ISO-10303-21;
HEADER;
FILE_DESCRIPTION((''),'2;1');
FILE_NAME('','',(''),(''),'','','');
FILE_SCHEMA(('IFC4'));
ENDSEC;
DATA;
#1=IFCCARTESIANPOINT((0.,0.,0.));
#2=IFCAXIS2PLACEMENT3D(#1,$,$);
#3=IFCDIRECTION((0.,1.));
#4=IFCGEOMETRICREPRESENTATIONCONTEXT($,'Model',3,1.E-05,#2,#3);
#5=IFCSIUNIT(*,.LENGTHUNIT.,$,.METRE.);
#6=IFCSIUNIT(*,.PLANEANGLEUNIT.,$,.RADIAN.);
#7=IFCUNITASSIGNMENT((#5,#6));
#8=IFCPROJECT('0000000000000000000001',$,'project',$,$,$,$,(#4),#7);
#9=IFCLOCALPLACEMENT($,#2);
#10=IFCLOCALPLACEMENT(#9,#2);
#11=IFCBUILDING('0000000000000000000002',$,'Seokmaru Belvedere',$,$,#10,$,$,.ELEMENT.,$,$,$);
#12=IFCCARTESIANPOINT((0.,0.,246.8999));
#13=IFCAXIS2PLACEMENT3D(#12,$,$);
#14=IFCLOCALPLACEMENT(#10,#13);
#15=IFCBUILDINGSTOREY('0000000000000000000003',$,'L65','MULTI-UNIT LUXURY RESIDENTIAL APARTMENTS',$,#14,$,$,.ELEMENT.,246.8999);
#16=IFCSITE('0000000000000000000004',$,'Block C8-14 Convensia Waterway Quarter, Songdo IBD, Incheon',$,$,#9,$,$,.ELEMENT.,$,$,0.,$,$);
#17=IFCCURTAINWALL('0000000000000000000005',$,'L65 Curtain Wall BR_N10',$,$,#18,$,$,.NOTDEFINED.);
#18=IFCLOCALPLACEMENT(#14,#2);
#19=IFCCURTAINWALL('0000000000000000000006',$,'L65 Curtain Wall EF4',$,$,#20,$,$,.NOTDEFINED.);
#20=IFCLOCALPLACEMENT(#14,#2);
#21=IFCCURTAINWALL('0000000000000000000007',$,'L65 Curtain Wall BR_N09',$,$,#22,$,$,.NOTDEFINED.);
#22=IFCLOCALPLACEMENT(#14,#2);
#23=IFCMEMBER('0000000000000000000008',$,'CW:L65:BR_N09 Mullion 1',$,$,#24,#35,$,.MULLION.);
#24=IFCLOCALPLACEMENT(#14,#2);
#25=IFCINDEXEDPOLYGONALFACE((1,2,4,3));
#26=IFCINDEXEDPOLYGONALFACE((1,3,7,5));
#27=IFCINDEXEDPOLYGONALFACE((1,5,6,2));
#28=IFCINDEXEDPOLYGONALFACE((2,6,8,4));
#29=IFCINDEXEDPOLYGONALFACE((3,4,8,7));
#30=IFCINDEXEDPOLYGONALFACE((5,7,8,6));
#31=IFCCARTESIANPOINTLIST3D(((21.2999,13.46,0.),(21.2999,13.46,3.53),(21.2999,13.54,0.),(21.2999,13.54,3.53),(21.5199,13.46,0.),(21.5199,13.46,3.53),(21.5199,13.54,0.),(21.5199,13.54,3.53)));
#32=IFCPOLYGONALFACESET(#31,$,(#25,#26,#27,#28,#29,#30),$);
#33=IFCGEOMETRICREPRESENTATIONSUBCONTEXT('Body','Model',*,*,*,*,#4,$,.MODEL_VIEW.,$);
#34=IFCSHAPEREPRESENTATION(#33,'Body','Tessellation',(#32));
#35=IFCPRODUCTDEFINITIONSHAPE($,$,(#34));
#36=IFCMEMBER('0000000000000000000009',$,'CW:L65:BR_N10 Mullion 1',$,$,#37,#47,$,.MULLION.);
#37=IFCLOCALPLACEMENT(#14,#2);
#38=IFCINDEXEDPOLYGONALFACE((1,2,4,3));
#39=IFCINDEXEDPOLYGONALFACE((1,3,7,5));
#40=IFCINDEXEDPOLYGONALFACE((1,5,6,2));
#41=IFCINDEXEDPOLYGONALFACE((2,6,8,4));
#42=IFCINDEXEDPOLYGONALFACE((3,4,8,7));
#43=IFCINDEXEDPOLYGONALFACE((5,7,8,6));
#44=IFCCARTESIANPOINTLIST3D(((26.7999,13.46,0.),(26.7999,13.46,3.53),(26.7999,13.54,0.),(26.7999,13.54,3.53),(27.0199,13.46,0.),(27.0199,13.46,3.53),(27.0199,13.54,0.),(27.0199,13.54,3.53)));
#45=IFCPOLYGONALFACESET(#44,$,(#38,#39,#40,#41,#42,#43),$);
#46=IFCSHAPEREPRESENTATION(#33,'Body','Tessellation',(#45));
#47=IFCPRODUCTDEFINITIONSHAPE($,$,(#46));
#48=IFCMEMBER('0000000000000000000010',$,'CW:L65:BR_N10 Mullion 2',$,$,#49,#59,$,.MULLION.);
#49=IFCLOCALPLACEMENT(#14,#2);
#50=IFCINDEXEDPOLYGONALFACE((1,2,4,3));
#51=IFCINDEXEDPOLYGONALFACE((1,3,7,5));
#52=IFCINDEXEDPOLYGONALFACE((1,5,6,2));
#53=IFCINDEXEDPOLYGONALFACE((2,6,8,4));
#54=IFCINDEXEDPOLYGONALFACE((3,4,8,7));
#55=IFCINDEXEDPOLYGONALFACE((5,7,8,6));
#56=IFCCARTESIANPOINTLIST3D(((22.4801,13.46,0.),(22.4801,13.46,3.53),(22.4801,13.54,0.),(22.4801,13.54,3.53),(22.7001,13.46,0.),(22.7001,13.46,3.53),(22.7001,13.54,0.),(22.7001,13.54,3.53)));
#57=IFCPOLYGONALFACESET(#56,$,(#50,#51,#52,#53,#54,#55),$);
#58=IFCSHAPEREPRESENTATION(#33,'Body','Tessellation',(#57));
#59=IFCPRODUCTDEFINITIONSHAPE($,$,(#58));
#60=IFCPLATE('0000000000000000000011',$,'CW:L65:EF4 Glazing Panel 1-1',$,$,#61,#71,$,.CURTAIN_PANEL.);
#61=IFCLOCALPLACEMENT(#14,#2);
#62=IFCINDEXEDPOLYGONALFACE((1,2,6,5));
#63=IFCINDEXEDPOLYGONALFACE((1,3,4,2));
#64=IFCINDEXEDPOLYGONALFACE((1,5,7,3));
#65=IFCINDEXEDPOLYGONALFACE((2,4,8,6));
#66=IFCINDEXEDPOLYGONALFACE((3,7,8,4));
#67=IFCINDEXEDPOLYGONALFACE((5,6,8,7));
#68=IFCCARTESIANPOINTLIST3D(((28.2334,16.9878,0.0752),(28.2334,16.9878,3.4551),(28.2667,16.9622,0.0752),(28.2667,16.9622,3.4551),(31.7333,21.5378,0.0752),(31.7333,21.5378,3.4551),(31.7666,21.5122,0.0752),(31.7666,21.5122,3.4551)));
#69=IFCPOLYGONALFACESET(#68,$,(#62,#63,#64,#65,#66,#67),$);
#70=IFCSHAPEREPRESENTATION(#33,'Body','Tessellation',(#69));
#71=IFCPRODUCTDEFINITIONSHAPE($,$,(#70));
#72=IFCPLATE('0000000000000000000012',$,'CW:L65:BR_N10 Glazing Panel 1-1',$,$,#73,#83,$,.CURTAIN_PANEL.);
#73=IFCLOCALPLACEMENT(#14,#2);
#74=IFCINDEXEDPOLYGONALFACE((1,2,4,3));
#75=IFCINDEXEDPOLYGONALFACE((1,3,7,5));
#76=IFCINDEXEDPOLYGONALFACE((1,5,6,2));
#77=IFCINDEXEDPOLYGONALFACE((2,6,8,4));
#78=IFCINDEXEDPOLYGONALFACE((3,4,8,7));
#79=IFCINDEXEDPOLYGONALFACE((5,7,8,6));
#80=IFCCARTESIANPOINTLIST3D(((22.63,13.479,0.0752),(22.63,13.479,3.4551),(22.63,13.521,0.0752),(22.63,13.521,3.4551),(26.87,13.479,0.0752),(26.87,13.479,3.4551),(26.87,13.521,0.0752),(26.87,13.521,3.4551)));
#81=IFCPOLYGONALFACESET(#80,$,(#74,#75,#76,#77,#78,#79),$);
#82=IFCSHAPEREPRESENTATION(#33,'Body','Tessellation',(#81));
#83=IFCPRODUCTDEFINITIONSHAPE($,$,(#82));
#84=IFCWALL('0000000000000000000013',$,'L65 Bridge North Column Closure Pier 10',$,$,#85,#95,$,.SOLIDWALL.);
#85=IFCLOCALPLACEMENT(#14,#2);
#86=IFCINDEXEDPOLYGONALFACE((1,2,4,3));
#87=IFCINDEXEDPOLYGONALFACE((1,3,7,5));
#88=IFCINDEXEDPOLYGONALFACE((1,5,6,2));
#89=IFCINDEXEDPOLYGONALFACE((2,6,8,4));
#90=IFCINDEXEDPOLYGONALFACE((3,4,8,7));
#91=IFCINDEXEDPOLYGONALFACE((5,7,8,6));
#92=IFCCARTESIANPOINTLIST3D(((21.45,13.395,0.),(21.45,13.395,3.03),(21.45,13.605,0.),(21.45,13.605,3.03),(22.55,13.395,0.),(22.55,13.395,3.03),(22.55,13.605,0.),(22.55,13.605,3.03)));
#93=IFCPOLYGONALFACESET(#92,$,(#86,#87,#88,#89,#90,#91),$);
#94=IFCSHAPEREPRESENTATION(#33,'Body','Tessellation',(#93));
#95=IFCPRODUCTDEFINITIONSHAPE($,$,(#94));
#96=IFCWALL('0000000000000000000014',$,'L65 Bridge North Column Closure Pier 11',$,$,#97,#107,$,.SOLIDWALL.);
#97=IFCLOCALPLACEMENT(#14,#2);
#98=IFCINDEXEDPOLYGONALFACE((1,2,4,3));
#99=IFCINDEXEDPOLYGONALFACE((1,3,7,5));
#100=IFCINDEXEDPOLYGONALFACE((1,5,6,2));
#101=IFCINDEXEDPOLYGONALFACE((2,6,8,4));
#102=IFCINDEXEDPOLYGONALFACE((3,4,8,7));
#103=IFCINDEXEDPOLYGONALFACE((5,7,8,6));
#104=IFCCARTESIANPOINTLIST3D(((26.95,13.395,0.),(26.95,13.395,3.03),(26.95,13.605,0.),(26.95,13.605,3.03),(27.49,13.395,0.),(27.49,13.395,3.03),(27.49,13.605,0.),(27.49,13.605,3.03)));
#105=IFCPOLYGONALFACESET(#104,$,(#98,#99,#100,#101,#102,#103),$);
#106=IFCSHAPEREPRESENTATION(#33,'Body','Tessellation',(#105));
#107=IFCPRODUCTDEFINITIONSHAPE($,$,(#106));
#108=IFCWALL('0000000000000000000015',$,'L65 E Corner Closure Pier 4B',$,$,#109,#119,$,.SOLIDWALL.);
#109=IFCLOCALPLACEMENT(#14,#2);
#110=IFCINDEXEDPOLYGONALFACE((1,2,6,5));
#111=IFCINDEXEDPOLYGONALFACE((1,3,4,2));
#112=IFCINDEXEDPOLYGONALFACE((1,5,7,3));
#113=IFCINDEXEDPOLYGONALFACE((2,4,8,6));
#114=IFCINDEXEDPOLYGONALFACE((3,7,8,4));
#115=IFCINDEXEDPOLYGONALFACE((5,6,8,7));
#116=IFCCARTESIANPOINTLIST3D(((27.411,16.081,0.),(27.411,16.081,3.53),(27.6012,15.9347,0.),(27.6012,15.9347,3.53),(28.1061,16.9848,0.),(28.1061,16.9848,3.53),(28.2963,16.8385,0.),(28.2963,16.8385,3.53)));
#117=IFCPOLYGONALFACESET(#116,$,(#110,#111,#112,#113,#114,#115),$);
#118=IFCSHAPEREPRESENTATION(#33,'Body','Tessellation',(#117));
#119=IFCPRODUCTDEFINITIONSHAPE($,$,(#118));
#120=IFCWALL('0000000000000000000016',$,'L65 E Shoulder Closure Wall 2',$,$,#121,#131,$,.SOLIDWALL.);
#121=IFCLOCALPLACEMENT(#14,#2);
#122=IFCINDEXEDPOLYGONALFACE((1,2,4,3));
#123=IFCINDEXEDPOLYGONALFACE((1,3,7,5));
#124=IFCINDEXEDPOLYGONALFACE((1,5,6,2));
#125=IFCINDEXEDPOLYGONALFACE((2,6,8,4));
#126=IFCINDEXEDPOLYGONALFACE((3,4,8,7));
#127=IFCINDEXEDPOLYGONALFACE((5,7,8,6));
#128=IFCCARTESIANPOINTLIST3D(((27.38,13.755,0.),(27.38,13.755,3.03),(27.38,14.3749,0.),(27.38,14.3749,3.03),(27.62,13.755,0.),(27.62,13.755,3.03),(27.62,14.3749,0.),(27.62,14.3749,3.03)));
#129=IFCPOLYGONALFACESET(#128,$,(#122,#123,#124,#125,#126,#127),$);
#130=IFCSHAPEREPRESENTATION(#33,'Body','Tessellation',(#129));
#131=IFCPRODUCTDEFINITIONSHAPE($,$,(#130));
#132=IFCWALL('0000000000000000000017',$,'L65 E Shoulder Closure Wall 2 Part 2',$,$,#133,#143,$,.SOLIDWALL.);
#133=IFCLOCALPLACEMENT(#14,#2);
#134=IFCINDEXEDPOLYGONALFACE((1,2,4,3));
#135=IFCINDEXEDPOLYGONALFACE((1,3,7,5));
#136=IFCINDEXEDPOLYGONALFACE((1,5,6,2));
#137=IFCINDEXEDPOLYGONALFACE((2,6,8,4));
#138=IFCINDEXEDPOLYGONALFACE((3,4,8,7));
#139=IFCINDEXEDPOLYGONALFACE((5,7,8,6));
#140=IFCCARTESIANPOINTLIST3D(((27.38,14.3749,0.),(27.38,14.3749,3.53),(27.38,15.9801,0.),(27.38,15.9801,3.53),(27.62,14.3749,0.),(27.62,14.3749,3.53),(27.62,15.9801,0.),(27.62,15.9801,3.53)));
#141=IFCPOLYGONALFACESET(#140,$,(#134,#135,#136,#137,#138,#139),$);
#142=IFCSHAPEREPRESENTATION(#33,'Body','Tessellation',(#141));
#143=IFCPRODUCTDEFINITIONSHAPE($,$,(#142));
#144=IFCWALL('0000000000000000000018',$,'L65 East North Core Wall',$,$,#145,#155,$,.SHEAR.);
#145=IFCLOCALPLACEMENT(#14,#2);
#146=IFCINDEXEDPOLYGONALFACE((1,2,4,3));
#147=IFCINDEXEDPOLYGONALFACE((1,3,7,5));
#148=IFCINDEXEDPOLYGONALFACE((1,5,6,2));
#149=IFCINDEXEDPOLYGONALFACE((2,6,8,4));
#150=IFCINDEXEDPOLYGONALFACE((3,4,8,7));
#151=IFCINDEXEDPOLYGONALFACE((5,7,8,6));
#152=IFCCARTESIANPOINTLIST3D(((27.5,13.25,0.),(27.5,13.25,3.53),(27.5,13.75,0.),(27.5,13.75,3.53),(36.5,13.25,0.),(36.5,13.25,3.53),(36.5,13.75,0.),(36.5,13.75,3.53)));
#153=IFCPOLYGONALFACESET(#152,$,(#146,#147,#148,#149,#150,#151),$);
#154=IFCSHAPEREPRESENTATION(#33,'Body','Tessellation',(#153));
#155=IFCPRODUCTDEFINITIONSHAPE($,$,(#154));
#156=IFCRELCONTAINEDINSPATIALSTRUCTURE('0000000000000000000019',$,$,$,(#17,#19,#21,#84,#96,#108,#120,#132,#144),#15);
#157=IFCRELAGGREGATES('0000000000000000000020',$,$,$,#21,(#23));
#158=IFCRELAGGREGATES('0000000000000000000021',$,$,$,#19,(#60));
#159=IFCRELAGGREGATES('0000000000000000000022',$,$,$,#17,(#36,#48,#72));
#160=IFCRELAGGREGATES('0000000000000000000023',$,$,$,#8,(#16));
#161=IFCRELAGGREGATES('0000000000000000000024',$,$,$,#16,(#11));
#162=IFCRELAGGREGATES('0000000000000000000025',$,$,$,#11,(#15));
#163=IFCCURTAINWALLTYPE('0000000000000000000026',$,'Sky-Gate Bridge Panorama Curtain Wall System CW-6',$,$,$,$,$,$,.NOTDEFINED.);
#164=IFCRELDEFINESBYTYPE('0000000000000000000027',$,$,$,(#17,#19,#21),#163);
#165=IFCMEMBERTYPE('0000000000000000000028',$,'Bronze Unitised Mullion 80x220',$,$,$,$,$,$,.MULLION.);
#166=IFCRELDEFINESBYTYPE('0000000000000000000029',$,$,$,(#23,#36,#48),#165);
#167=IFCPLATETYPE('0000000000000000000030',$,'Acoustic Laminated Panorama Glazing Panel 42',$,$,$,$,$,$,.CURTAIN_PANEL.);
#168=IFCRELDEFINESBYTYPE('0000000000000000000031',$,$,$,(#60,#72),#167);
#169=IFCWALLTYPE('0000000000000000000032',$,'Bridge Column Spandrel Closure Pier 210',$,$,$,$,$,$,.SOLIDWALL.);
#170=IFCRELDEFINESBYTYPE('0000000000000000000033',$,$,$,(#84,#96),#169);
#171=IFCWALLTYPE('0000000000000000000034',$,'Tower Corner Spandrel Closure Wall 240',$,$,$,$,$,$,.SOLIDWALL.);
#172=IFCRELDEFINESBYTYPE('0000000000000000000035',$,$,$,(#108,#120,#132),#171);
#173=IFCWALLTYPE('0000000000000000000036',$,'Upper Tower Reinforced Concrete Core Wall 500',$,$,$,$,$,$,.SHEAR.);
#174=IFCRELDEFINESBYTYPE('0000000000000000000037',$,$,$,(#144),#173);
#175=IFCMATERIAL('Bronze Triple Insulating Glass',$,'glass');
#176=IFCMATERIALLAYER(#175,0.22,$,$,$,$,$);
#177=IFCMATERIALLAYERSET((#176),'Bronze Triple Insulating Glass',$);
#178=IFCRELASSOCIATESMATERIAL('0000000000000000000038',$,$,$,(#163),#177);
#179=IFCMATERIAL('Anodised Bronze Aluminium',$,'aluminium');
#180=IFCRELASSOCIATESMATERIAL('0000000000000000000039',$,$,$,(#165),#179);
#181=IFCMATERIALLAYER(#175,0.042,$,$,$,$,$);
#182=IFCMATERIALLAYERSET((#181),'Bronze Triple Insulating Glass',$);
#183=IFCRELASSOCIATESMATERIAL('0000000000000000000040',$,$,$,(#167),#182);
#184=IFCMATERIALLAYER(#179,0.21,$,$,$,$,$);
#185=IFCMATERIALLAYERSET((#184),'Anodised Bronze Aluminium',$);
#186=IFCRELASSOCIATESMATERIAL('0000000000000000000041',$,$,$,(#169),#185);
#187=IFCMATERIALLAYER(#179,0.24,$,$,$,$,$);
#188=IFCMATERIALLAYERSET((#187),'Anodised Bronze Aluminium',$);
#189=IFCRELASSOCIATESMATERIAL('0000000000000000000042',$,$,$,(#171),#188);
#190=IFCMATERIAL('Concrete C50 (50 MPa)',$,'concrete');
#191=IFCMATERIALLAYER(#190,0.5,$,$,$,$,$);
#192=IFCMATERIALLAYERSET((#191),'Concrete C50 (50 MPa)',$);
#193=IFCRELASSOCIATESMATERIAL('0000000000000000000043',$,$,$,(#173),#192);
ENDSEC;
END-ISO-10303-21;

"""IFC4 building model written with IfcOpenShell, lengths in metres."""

from ifc_helpers import new_model, si_unit, direction, frame, frame_2d, origin, origin_2d, place, context, subcontext, project, spatial, rectangle, extrude, source, transform, mapped, material, layer, layer_set, material_profile, profile_set, type_object, type_shapes, element, aggregate, save


model = new_model("IFC4")

# Units and contexts
model_context = context("Model", 3, precision=1e-05, world=origin(), true_north=direction((0.0, 1.0)))
body_context = subcontext(model_context, "Body", "Model", "MODEL_VIEW")
ifc_project = project(units=[si_unit("LENGTHUNIT", "METRE"), si_unit("PLANEANGLEUNIT", "RADIAN")], contexts=[model_context])

# Site, building, storey
site_placement = place(None, origin())
site = spatial("IfcSite", under=ifc_project, at=site_placement, Name="Block C8-14 Convensia Waterway Quarter, Songdo IBD, Incheon", CompositionType="ELEMENT", RefElevation=0.0)
building_placement = place(site_placement, origin())
building = spatial("IfcBuilding", under=site, at=building_placement, Name="Seokmaru Belvedere", CompositionType="ELEMENT")
storey_placement = place(building_placement, frame((0.0, 0.0, 246.8999)))
storey = spatial("IfcBuildingStorey", under=building, at=storey_placement, Name="L65", Description="MULTI-UNIT LUXURY RESIDENTIAL APARTMENTS", CompositionType="ELEMENT", Elevation=246.8999)

# Curtain wall
ifc_material_1 = material(Name="Bronze Triple Insulating Glass", Category="glass")
ifc_layer_1 = layer(ifc_material_1, 0.22)
ifc_layer_set_1 = layer_set([ifc_layer_1], Name="Bronze Triple Insulating Glass")
curtain_wall_type = type_object("IfcCurtainWallType", Name="Sky-Gate Bridge Panorama Curtain Wall System CW-6", PredefinedType="NOTDEFINED", material=ifc_layer_set_1)
curtain_wall_1_placement = place(storey_placement, origin())
curtain_wall_1 = element("IfcCurtainWall", 1, at=curtain_wall_1_placement, inside=storey, type_object=curtain_wall_type, Name="L65 Curtain Wall BR_N10", PredefinedType="NOTDEFINED")
ifc_material_2 = material(Name="Anodised Bronze Aluminium", Category="aluminium")

# Curtain walls, member
curtain_wall_2_placement = place(storey_placement, origin())
curtain_wall_2 = element("IfcCurtainWall", 2, at=curtain_wall_2_placement, inside=storey, type_object=curtain_wall_type, Name="L65 Curtain Wall EF4", PredefinedType="NOTDEFINED")
ifc_material_profile_1 = material_profile(ifc_material_2, rectangle(XDim=0.0801, YDim=0.22, at=origin_2d()), Name="CW-M-80x220")
ifc_profile_set_1 = profile_set([ifc_material_profile_1], Name="Anodised Bronze Aluminium")
member_type_1 = type_object("IfcMemberType", Name="Bronze Unitised Mullion 80x220", PredefinedType="MULLION", material=ifc_profile_set_1)
shared_shape_1 = source(origin(), body_context, "Body", "SweptSolid", [
    extrude(rectangle(XDim=0.0801, YDim=0.22, at=origin_2d()), origin(), (0.0, 0.0, 1.0), 3.53),
])
type_shapes(member_type_1, [shared_shape_1])
curtain_wall_3_placement = place(storey_placement, origin())
curtain_wall_3 = element("IfcCurtainWall", 3, at=curtain_wall_3_placement, inside=storey, type_object=curtain_wall_type, Name="L65 Curtain Wall BR_N09", PredefinedType="NOTDEFINED")
member_1_placement = place(storey_placement, frame((21.4099, 13.5, 0.0), z_axis=(0.0, 0.0, 1.0), x_axis=(0.0, -1.0, 0.0)))
member_1 = element("IfcMember", 4, at=member_1_placement, type_object=member_type_1, Name="CW:L65:BR_N09 Mullion 1", PredefinedType="MULLION", context=body_context, shape_type="MappedRepresentation", body=[
    mapped(shared_shape_1, transform((0.0, 0.0, 0.0), scale=1.0)),
])
aggregate(curtain_wall_3, [member_1])

# Members
member_2_placement = place(storey_placement, frame((26.9099, 13.5, 0.0), z_axis=(0.0, 0.0, 1.0), x_axis=(0.0, -1.0, 0.0)))
member_2 = element("IfcMember", 5, at=member_2_placement, type_object=member_type_1, Name="CW:L65:BR_N10 Mullion 1", PredefinedType="MULLION", context=body_context, shape_type="MappedRepresentation", body=[
    mapped(shared_shape_1, transform((0.0, 0.0, 0.0), scale=1.0)),
])
member_3_placement = place(storey_placement, frame((22.5901, 13.5, 0.0), z_axis=(0.0, 0.0, 1.0), x_axis=(0.0, -1.0, 0.0)))
member_3 = element("IfcMember", 6, at=member_3_placement, type_object=member_type_1, Name="CW:L65:BR_N10 Mullion 2", PredefinedType="MULLION", context=body_context, shape_type="MappedRepresentation", body=[
    mapped(shared_shape_1, transform((0.0, 0.0, 0.0), scale=1.0)),
])

# Plates
ifc_layer_2 = layer(ifc_material_1, 0.042)
ifc_layer_set_2 = layer_set([ifc_layer_2], Name="Bronze Triple Insulating Glass")
plate_type = type_object("IfcPlateType", Name="Acoustic Laminated Panorama Glazing Panel 42", PredefinedType="CURTAIN_PANEL", material=ifc_layer_set_2)
shared_shape_2 = source(origin(), body_context, "Body", "SweptSolid", [
    extrude(rectangle(XDim=5.7405, YDim=0.042, at=origin_2d()), origin(), (0.0, 0.0, 1.0), 3.3799),
])
plate_1_placement = place(storey_placement, frame((30.0, 19.25, 0.0752), z_axis=(0.0, 0.0, 1.0), x_axis=(-0.609701, -0.792631, 0.0)))
plate_1 = element("IfcPlate", 7, at=plate_1_placement, type_object=plate_type, Name="CW:L65:EF4 Glazing Panel 1-1", PredefinedType="CURTAIN_PANEL", context=body_context, shape_type="MappedRepresentation", body=[
    mapped(shared_shape_2, transform((0.0, 0.0, 0.0), scale=1.0)),
])
aggregate(curtain_wall_2, [plate_1])
shared_shape_3 = source(origin(), body_context, "Body", "SweptSolid", [
    extrude(rectangle(XDim=4.24, YDim=0.042, at=origin_2d()), origin(), (0.0, 0.0, 1.0), 3.3799),
])
type_shapes(plate_type, [shared_shape_2, shared_shape_3])
plate_2_placement = place(storey_placement, frame((24.75, 13.5, 0.0752), z_axis=(0.0, 0.0, 1.0), x_axis=(-1.0, 0.0, 0.0)))
plate_2 = element("IfcPlate", 8, at=plate_2_placement, type_object=plate_type, Name="CW:L65:BR_N10 Glazing Panel 1-1", PredefinedType="CURTAIN_PANEL", context=body_context, shape_type="MappedRepresentation", body=[
    mapped(shared_shape_3, transform((0.0, 0.0, 0.0), scale=1.0)),
])
aggregate(curtain_wall_1, [member_2, member_3, plate_2])

# Walls
ifc_layer_3 = layer(ifc_material_2, 0.21)
ifc_layer_set_3 = layer_set([ifc_layer_3], Name="Anodised Bronze Aluminium")
wall_type_1 = type_object("IfcWallType", Name="Bridge Column Spandrel Closure Pier 210", PredefinedType="SOLIDWALL", material=ifc_layer_set_3)
wall_1_placement = place(storey_placement, frame((21.45, 13.5, 0.0), z_axis=(0.0, 0.0, 1.0), x_axis=(1.0, 0.0, 0.0)))
element("IfcWall", 9, at=wall_1_placement, inside=storey, type_object=wall_type_1, Name="L65 Bridge North Column Closure Pier 10", PredefinedType="SOLIDWALL", context=body_context, shape_type="SweptSolid", body=[
    extrude(rectangle(XDim=1.1001, YDim=0.21, at=frame_2d((0.55, 0.0))), origin(), (0.0, 0.0, 1.0), 3.03),
])
wall_2_placement = place(storey_placement, frame((26.95, 13.5, 0.0), z_axis=(0.0, 0.0, 1.0), x_axis=(1.0, 0.0, 0.0)))
element("IfcWall", 10, at=wall_2_placement, inside=storey, type_object=wall_type_1, Name="L65 Bridge North Column Closure Pier 11", PredefinedType="SOLIDWALL", context=body_context, shape_type="SweptSolid", body=[
    extrude(rectangle(XDim=0.54, YDim=0.21, at=frame_2d((0.27, 0.0))), origin(), (0.0, 0.0, 1.0), 3.03),
])
ifc_layer_4 = layer(ifc_material_2, 0.24)
ifc_layer_set_4 = layer_set([ifc_layer_4], Name="Anodised Bronze Aluminium")
wall_type_2 = type_object("IfcWallType", Name="Tower Corner Spandrel Closure Wall 240", PredefinedType="SOLIDWALL", material=ifc_layer_set_4)
wall_3_placement = place(storey_placement, frame((28.2012, 16.9116, 0.0), z_axis=(0.0, 0.0, 1.0), x_axis=(-0.609618, -0.792696, 0.0)))
element("IfcWall", 11, at=wall_3_placement, inside=storey, type_object=wall_type_2, Name="L65 E Corner Closure Pier 4B", PredefinedType="SOLIDWALL", context=body_context, shape_type="SweptSolid", body=[
    extrude(rectangle(XDim=1.1401, YDim=0.24, at=frame_2d((0.5701, 0.0))), origin(), (0.0, 0.0, 1.0), 3.53),
])
wall_4_placement = place(storey_placement, frame((27.5, 13.7549, 0.0), z_axis=(0.0, 0.0, 1.0), x_axis=(0.0, 1.0, 0.0)))
element("IfcWall", 12, at=wall_4_placement, inside=storey, type_object=wall_type_2, Name="L65 E Shoulder Closure Wall 2", PredefinedType="SOLIDWALL", context=body_context, shape_type="SweptSolid", body=[
    extrude(rectangle(XDim=0.6199, YDim=0.24, at=frame_2d((0.3101, 0.0))), origin(), (0.0, 0.0, 1.0), 3.03),
])
wall_5_placement = place(storey_placement, frame((27.5, 14.3748, 0.0), z_axis=(0.0, 0.0, 1.0), x_axis=(0.0, 1.0, 0.0)))
element("IfcWall", 13, at=wall_5_placement, inside=storey, type_object=wall_type_2, Name="L65 E Shoulder Closure Wall 2 Part 2", PredefinedType="SOLIDWALL", context=body_context, shape_type="SweptSolid", body=[
    extrude(rectangle(XDim=1.6052, YDim=0.24, at=frame_2d((0.8027, 0.0))), origin(), (0.0, 0.0, 1.0), 3.53),
])
ifc_material_3 = material(Name="Concrete C50 (50 MPa)", Category="concrete")
ifc_layer_5 = layer(ifc_material_3, 0.5)
ifc_layer_set_5 = layer_set([ifc_layer_5], Name="Concrete C50 (50 MPa)")
wall_type_3 = type_object("IfcWallType", Name="Upper Tower Reinforced Concrete Core Wall 500", PredefinedType="SHEAR", material=ifc_layer_set_5)
wall_6_placement = place(storey_placement, frame((27.5, 13.5, 0.0), z_axis=(0.0, 0.0, 1.0), x_axis=(1.0, 0.0, 0.0)))
element("IfcWall", 14, at=wall_6_placement, inside=storey, type_object=wall_type_3, Name="L65 East North Core Wall", PredefinedType="SHEAR", context=body_context, shape_type="SweptSolid", body=[
    extrude(rectangle(XDim=9.0, YDim=0.5, at=frame_2d((4.5, 0.0))), origin(), (0.0, 0.0, 1.0), 3.53),
])

save(model, "model.ifc")
